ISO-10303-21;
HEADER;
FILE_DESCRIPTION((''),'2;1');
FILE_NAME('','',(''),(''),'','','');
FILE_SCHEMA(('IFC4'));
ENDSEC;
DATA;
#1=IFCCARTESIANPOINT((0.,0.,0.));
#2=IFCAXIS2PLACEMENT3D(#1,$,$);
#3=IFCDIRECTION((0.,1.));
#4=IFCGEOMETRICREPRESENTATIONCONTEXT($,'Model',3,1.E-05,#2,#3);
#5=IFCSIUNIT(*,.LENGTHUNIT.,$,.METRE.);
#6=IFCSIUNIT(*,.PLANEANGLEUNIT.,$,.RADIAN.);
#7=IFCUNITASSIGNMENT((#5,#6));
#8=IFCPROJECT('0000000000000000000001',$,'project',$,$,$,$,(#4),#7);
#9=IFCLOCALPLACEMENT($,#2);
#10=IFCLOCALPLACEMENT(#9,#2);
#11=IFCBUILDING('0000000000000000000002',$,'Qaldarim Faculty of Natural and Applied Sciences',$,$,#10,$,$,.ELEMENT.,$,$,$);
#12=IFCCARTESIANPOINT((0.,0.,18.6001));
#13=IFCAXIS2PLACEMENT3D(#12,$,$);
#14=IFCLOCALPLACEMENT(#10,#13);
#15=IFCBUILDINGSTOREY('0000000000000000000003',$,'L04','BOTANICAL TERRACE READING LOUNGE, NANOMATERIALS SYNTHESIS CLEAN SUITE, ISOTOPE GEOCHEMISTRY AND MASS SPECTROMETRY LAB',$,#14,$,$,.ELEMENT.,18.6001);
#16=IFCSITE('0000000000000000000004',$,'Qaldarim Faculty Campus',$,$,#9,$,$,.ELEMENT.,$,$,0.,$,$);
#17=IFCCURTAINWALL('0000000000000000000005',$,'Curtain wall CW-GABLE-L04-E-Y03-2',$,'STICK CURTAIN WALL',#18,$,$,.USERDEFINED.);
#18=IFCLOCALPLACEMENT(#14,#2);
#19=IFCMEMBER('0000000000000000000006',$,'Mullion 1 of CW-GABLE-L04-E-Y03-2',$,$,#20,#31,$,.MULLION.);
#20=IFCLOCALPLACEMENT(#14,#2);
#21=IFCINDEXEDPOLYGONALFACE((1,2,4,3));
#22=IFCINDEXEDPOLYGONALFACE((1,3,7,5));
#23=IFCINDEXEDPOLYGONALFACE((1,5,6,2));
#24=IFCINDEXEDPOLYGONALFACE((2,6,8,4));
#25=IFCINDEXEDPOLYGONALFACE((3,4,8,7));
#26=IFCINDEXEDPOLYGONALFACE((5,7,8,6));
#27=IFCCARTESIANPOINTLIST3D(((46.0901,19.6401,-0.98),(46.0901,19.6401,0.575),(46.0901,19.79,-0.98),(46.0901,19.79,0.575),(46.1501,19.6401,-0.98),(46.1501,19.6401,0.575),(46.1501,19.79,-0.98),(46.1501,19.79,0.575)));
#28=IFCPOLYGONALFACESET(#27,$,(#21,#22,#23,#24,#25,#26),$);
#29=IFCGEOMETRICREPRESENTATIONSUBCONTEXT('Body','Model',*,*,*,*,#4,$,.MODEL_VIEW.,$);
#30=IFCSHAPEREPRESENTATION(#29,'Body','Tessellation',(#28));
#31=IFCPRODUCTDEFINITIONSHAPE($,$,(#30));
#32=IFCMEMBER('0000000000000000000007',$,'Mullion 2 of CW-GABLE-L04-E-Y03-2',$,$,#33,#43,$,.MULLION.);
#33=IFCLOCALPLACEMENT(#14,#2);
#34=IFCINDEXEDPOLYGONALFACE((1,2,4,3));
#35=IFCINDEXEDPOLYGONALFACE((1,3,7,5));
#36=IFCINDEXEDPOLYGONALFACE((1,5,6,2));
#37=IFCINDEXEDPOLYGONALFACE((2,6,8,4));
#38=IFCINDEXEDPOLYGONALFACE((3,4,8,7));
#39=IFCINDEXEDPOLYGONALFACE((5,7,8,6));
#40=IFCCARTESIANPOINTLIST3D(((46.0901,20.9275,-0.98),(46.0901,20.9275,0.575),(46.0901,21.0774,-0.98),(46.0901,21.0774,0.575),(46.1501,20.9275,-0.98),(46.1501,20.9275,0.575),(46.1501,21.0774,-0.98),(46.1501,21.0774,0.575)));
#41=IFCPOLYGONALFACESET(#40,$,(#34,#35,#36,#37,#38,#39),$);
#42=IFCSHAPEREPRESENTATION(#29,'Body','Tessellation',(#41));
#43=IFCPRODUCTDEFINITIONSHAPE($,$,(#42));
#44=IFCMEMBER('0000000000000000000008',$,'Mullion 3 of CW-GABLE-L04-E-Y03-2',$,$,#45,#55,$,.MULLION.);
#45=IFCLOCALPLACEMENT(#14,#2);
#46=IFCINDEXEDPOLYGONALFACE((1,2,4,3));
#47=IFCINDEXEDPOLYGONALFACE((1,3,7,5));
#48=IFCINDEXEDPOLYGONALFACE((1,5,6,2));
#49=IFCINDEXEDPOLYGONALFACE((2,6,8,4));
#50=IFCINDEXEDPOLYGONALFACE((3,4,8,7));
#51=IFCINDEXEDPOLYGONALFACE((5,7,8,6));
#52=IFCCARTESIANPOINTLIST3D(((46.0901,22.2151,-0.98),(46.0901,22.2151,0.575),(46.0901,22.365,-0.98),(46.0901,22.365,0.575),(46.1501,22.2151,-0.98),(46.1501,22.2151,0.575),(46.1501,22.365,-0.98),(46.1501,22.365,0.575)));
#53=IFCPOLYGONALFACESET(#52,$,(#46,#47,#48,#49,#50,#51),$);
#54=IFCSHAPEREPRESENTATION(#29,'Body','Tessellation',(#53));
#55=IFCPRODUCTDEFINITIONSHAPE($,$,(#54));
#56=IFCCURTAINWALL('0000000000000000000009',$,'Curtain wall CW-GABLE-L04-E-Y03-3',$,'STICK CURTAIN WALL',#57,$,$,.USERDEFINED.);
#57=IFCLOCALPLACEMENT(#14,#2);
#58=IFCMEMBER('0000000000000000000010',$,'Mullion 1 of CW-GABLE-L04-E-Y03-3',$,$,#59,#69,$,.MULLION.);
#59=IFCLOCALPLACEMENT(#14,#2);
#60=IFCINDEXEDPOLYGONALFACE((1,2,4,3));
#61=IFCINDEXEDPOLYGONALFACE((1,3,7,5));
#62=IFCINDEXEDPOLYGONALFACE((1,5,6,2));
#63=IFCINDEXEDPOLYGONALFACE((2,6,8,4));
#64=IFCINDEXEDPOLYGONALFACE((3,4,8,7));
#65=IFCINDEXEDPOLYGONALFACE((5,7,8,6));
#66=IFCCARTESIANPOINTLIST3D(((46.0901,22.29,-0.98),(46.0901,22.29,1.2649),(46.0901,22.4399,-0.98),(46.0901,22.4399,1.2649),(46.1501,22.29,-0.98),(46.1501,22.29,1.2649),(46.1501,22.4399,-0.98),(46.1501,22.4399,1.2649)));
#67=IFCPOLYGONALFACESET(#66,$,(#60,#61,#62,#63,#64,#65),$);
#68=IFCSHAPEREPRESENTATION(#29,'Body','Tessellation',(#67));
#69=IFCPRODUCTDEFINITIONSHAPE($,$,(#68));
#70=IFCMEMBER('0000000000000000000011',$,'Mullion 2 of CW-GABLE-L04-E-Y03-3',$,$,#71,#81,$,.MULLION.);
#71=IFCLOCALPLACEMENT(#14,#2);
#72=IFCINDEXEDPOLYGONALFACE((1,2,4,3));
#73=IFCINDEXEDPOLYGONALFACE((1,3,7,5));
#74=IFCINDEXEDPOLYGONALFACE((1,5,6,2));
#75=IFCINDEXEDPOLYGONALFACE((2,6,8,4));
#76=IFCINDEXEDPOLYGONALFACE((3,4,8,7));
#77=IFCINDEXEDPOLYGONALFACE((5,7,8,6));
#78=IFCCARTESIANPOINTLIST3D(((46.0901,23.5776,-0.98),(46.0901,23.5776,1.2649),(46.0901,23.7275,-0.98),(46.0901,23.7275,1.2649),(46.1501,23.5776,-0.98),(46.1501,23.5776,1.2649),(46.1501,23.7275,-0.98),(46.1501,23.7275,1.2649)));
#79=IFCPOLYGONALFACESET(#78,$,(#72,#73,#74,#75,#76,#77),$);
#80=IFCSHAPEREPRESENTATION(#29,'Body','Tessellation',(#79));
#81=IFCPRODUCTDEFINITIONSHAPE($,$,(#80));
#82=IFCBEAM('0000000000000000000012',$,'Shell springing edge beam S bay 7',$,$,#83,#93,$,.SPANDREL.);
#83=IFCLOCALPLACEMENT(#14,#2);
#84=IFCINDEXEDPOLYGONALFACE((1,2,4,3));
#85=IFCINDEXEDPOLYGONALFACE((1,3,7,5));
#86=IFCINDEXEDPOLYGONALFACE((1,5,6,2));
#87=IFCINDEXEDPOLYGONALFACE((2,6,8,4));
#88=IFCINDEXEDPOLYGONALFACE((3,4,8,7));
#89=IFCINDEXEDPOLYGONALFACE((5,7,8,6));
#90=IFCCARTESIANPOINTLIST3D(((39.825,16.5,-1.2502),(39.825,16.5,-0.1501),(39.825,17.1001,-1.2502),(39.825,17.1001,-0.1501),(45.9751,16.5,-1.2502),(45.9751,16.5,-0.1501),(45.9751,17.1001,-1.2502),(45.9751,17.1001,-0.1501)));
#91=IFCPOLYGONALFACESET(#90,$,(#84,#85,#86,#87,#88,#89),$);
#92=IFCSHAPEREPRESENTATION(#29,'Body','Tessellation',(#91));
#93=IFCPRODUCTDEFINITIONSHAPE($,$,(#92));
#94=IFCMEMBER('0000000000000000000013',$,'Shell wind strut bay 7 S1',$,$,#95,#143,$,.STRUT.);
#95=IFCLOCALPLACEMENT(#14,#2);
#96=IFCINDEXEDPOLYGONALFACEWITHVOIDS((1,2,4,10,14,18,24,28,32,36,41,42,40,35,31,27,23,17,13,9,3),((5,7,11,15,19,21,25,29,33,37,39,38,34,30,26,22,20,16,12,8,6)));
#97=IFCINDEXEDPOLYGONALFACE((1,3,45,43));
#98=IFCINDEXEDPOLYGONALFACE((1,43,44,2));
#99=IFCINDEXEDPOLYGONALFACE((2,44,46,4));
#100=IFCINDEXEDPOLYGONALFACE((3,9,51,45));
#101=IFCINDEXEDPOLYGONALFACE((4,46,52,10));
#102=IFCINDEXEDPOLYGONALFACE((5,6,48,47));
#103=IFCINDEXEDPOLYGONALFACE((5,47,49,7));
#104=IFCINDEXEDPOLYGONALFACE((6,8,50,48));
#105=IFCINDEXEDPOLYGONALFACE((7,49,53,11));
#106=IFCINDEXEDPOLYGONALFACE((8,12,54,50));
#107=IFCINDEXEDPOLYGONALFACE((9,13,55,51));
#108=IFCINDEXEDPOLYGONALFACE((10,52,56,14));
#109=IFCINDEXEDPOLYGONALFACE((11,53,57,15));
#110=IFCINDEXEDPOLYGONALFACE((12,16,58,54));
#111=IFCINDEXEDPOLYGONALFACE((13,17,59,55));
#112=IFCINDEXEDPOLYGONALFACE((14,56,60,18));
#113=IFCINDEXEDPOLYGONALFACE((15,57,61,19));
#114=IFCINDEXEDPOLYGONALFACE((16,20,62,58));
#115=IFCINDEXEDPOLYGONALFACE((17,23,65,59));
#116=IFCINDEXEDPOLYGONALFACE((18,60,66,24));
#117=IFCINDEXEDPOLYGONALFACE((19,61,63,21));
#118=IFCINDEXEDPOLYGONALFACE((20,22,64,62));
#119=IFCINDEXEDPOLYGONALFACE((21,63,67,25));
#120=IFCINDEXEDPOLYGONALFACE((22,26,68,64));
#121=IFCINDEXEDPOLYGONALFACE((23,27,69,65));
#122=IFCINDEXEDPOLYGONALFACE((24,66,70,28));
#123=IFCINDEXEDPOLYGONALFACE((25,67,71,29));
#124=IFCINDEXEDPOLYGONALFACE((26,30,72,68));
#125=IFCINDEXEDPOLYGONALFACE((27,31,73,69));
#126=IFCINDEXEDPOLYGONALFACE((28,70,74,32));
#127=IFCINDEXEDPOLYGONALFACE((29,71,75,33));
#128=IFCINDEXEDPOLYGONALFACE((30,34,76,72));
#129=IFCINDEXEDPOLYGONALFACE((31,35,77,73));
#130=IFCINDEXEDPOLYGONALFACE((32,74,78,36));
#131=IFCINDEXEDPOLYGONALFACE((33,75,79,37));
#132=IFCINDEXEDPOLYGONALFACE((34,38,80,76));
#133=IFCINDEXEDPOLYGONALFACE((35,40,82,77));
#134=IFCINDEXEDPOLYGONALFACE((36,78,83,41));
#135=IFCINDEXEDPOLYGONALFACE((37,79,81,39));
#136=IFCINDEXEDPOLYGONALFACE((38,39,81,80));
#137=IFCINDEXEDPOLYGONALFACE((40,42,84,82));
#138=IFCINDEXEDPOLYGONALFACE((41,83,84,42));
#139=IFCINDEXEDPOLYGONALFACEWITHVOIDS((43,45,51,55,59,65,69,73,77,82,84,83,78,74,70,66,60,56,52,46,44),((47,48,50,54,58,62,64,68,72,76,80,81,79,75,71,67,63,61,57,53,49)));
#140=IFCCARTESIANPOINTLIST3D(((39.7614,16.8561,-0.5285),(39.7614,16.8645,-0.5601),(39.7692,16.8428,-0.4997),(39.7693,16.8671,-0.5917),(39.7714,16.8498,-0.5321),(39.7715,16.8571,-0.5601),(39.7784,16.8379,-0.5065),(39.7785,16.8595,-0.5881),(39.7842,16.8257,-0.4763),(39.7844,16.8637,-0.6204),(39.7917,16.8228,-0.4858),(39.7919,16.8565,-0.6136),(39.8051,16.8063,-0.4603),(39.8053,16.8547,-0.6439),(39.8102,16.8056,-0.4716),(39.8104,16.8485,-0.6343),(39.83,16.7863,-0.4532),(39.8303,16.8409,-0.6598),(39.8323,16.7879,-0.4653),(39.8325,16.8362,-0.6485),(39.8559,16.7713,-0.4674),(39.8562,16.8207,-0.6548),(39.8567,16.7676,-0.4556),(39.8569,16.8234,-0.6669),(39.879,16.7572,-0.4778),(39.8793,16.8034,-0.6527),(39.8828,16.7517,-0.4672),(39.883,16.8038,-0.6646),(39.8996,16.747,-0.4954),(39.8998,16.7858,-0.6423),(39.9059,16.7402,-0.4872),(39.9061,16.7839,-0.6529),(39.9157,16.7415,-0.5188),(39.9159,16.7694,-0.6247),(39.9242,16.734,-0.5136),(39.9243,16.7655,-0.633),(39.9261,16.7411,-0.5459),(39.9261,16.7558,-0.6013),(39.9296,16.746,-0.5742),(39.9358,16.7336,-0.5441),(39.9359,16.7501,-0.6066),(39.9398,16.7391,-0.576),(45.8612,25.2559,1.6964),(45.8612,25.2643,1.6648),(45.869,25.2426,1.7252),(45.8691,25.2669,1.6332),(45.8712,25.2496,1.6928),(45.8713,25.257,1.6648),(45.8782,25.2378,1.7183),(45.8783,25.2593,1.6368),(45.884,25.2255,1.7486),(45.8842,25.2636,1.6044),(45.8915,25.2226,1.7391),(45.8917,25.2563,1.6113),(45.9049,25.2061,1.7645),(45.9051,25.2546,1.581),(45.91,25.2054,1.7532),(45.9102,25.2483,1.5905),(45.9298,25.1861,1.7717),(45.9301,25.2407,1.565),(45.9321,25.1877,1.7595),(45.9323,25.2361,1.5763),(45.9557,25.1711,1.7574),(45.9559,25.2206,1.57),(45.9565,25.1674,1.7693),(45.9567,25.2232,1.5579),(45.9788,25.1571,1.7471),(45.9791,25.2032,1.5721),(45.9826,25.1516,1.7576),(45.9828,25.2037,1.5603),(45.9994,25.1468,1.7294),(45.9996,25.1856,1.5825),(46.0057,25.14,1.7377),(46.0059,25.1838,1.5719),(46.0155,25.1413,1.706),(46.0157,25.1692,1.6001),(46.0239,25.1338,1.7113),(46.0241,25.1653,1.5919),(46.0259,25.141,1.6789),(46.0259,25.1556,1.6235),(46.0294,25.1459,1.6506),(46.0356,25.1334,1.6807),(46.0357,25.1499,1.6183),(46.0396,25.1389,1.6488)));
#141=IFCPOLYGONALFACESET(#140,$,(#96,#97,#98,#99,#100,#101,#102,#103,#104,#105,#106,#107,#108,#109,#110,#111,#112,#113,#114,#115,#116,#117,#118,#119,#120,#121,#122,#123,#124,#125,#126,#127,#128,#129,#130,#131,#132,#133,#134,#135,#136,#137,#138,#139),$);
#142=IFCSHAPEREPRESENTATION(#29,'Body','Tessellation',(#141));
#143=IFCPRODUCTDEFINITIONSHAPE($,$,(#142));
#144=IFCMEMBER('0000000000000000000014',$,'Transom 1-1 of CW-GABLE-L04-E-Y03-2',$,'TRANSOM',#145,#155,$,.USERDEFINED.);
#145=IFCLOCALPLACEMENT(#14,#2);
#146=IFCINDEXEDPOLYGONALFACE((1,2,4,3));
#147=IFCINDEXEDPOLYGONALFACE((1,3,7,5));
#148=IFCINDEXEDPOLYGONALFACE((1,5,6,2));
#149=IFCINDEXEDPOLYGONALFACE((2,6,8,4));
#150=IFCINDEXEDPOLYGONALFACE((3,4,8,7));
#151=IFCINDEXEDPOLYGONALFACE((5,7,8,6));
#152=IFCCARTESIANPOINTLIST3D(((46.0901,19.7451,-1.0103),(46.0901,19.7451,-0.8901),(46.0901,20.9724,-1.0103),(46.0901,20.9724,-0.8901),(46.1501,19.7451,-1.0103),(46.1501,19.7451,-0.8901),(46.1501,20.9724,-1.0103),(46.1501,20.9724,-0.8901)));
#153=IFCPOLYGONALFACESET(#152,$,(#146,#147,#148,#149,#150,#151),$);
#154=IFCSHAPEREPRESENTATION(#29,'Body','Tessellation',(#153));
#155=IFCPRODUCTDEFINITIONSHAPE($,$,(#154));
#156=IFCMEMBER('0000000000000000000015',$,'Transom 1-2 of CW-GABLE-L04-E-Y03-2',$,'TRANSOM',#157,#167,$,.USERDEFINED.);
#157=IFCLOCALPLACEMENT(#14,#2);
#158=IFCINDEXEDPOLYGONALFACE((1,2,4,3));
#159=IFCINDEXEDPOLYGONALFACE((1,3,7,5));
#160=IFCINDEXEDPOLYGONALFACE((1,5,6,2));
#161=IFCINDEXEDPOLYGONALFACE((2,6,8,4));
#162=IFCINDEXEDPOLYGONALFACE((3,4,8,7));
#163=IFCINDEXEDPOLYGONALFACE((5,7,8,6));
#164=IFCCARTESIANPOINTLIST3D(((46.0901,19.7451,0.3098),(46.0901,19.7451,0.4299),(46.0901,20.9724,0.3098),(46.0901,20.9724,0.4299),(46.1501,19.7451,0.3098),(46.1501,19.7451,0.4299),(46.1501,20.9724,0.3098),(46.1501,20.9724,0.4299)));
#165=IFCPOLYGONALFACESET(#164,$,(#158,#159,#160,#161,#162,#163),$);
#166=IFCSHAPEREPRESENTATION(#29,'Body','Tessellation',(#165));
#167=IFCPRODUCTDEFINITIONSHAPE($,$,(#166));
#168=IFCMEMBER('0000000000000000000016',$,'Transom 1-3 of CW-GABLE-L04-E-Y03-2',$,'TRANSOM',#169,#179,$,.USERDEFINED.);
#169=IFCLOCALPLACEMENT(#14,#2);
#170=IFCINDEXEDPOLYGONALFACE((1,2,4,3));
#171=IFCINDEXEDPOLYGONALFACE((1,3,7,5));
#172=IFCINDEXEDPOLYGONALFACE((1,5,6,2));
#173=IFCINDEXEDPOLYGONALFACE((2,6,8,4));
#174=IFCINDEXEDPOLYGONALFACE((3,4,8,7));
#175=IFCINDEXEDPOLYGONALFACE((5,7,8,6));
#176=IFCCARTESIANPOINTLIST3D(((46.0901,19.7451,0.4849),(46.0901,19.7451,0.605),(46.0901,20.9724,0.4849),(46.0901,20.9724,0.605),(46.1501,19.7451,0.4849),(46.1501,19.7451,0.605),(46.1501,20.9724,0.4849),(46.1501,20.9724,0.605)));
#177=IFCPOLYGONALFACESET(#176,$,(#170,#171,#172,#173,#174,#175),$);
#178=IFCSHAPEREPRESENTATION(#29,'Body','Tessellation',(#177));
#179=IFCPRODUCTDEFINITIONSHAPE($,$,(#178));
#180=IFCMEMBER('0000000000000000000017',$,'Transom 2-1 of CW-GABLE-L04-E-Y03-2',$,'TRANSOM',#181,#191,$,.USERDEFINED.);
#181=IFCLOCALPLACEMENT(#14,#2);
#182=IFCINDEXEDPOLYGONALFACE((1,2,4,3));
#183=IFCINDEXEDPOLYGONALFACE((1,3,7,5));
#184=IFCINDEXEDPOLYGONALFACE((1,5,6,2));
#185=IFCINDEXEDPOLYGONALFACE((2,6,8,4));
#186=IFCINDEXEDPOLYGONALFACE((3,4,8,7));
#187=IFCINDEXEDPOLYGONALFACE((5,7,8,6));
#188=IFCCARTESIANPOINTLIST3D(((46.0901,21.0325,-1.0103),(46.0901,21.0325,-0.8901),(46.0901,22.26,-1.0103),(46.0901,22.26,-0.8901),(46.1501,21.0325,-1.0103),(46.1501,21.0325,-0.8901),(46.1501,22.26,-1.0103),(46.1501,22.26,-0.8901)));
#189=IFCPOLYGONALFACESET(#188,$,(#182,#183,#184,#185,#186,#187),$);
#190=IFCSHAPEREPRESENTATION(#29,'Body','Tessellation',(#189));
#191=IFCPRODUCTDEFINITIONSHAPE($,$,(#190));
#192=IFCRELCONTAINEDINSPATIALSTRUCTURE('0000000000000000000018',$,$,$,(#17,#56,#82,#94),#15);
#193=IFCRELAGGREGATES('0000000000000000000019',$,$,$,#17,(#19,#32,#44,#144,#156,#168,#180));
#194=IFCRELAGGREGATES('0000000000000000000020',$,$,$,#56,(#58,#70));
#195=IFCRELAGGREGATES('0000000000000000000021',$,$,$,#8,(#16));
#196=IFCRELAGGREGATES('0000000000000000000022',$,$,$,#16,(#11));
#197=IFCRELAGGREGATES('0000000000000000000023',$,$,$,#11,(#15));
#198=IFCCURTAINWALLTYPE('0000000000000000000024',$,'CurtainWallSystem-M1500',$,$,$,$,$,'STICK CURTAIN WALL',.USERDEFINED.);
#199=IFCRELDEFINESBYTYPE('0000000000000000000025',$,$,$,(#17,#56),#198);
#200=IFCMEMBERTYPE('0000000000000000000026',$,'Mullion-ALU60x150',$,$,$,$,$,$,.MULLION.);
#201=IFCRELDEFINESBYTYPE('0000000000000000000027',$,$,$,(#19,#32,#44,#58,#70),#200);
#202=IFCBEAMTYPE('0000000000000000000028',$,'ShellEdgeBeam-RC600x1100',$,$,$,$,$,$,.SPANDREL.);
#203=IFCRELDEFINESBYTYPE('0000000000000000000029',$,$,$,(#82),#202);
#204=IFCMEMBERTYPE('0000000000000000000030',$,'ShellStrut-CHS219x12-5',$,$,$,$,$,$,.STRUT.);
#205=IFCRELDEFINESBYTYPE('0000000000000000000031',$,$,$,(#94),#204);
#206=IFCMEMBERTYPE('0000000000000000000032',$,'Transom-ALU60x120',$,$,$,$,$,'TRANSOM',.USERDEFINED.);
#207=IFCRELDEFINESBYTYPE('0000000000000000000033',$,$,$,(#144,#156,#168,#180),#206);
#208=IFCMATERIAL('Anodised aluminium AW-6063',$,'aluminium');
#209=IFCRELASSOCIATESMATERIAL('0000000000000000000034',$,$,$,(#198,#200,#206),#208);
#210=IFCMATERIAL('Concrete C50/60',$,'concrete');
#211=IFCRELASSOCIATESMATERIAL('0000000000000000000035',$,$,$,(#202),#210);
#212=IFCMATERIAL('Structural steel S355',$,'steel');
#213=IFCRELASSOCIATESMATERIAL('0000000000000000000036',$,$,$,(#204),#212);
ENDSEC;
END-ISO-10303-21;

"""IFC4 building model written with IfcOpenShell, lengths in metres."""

from ifc_helpers import new_model, si_unit, direction, frame, origin, origin_2d, place, context, subcontext, project, spatial, rectangle, hollow_circle, extrude, material, material_profile, profile_set, type_object, element, aggregate, save


model = new_model("IFC4")

# Units and contexts
model_context = context("Model", 3, precision=1e-05, world=origin(), true_north=direction((0.0, 1.0)))
body_context = subcontext(model_context, "Body", "Model", "MODEL_VIEW")
ifc_project = project(units=[si_unit("LENGTHUNIT", "METRE"), si_unit("PLANEANGLEUNIT", "RADIAN")], contexts=[model_context])

# Site, building, storey
site_placement = place(None, origin())
site = spatial("IfcSite", under=ifc_project, at=site_placement, Name="Qaldarim Faculty Campus", CompositionType="ELEMENT", RefElevation=0.0)
building_placement = place(site_placement, origin())
building = spatial("IfcBuilding", under=site, at=building_placement, Name="Qaldarim Faculty of Natural and Applied Sciences", CompositionType="ELEMENT")
storey_placement = place(building_placement, frame((0.0, 0.0, 18.6001)))
storey = spatial("IfcBuildingStorey", under=building, at=storey_placement, Name="L04", Description="BOTANICAL TERRACE READING LOUNGE, NANOMATERIALS SYNTHESIS CLEAN SUITE, ISOTOPE GEOCHEMISTRY AND MASS SPECTROMETRY LAB", CompositionType="ELEMENT", Elevation=18.6001)

# Curtain walls, members
ifc_material_1 = material(Name="Anodised aluminium AW-6063", Category="aluminium")
curtain_wall_type = type_object("IfcCurtainWallType", Name="CurtainWallSystem-M1500", ElementType="STICK CURTAIN WALL", PredefinedType="USERDEFINED", material=ifc_material_1)
curtain_wall_1_placement = place(storey_placement, origin())
curtain_wall_1 = element("IfcCurtainWall", 1, at=curtain_wall_1_placement, inside=storey, type_object=curtain_wall_type, Name="Curtain wall CW-GABLE-L04-E-Y03-2", ObjectType="STICK CURTAIN WALL", PredefinedType="USERDEFINED")
ifc_material_profile_1 = material_profile(ifc_material_1, rectangle(XDim=0.0601, YDim=0.1499, at=origin_2d()), Name="ALU-M60x150")
ifc_profile_set_1 = profile_set([ifc_material_profile_1], Name="Anodised aluminium AW-6063")
member_type_1 = type_object("IfcMemberType", Name="Mullion-ALU60x150", PredefinedType="MULLION", material=ifc_profile_set_1)
member_1_placement = place(storey_placement, frame((46.1201, 19.7151, -0.98), z_axis=(0.0, 0.0, 1.0), x_axis=(-1.0, 0.0, 0.0)))
member_1 = element("IfcMember", 2, at=member_1_placement, type_object=member_type_1, Name="Mullion 1 of CW-GABLE-L04-E-Y03-2", PredefinedType="MULLION", context=body_context, shape_type="SweptSolid", body=[
    extrude(rectangle(XDim=0.0601, YDim=0.1499, at=origin_2d()), origin(), (0.0, 0.0, 1.0), 1.5549),
])
member_2_placement = place(storey_placement, frame((46.1201, 21.0024, -0.98), z_axis=(0.0, 0.0, 1.0), x_axis=(-1.0, 0.0, 0.0)))
member_2 = element("IfcMember", 3, at=member_2_placement, type_object=member_type_1, Name="Mullion 2 of CW-GABLE-L04-E-Y03-2", PredefinedType="MULLION", context=body_context, shape_type="SweptSolid", body=[
    extrude(rectangle(XDim=0.0601, YDim=0.1499, at=origin_2d()), origin(), (0.0, 0.0, 1.0), 1.5549),
])
member_3_placement = place(storey_placement, frame((46.1201, 22.29, -0.98), z_axis=(0.0, 0.0, 1.0), x_axis=(-1.0, 0.0, 0.0)))
member_3 = element("IfcMember", 4, at=member_3_placement, type_object=member_type_1, Name="Mullion 3 of CW-GABLE-L04-E-Y03-2", PredefinedType="MULLION", context=body_context, shape_type="SweptSolid", body=[
    extrude(rectangle(XDim=0.0601, YDim=0.1499, at=origin_2d()), origin(), (0.0, 0.0, 1.0), 1.5549),
])
curtain_wall_2_placement = place(storey_placement, origin())
curtain_wall_2 = element("IfcCurtainWall", 5, at=curtain_wall_2_placement, inside=storey, type_object=curtain_wall_type, Name="Curtain wall CW-GABLE-L04-E-Y03-3", ObjectType="STICK CURTAIN WALL", PredefinedType="USERDEFINED")
member_4_placement = place(storey_placement, frame((46.1201, 22.365, -0.98), z_axis=(0.0, 0.0, 1.0), x_axis=(-1.0, 0.0, 0.0)))
member_4 = element("IfcMember", 6, at=member_4_placement, type_object=member_type_1, Name="Mullion 1 of CW-GABLE-L04-E-Y03-3", PredefinedType="MULLION", context=body_context, shape_type="SweptSolid", body=[
    extrude(rectangle(XDim=0.0601, YDim=0.1499, at=origin_2d()), origin(), (0.0, 0.0, 1.0), 2.2449),
])
member_5_placement = place(storey_placement, frame((46.1201, 23.6526, -0.98), z_axis=(0.0, 0.0, 1.0), x_axis=(-1.0, 0.0, 0.0)))
member_5 = element("IfcMember", 7, at=member_5_placement, type_object=member_type_1, Name="Mullion 2 of CW-GABLE-L04-E-Y03-3", PredefinedType="MULLION", context=body_context, shape_type="SweptSolid", body=[
    extrude(rectangle(XDim=0.0601, YDim=0.1499, at=origin_2d()), origin(), (0.0, 0.0, 1.0), 2.2449),
])

# Beam
ifc_material_2 = material(Name="Concrete C50/60", Category="concrete")
ifc_material_profile_2 = material_profile(ifc_material_2, rectangle(XDim=0.6001, YDim=1.1001, at=origin_2d()), Name="RC-EB600x1100")
ifc_profile_set_2 = profile_set([ifc_material_profile_2], Name="Concrete C50/60")
beam_type = type_object("IfcBeamType", Name="ShellEdgeBeam-RC600x1100", PredefinedType="SPANDREL", material=ifc_profile_set_2)
beam_placement = place(storey_placement, frame((39.825, 16.8, -0.7002), z_axis=(1.0, 0.0, 0.0), x_axis=(0.0, 1.0, 0.0)))
element("IfcBeam", 8, at=beam_placement, inside=storey, type_object=beam_type, Name="Shell springing edge beam S bay 7", PredefinedType="SPANDREL", context=body_context, shape_type="SweptSolid", body=[
    extrude(rectangle(XDim=0.6001, YDim=1.1001, at=origin_2d()), origin(), (0.0, 0.0, 1.0), 6.1501),
])

# Members
ifc_material_3 = material(Name="Structural steel S355", Category="steel")
ifc_material_profile_3 = material_profile(ifc_material_3, hollow_circle(Radius=0.1096, WallThickness=0.0125, at=origin_2d()), Name="CHS 219.1x12.5")
ifc_profile_set_3 = profile_set([ifc_material_profile_3], Name="Structural steel S355")
member_type_2 = type_object("IfcMemberType", Name="ShellStrut-CHS219x12-5", PredefinedType="STRUT", material=ifc_profile_set_3)
member_6_placement = place(storey_placement, frame((39.8501, 16.8, -0.5601), z_axis=(0.574547, 0.791189, 0.20956), x_axis=(-0.809156, 0.587594, 0.0)))
element("IfcMember", 9, at=member_6_placement, inside=storey, type_object=member_type_2, Name="Shell wind strut bay 7 S1", PredefinedType="STRUT", context=body_context, shape_type="SweptSolid", body=[
    extrude(hollow_circle(Radius=0.1096, WallThickness=0.0125, at=origin_2d()), origin(), (0.0, 0.0, 1.0), 10.6167),
])
ifc_material_profile_4 = material_profile(ifc_material_1, rectangle(XDim=0.0601, YDim=0.1201, at=origin_2d()), Name="ALU-T60x120")
ifc_profile_set_4 = profile_set([ifc_material_profile_4], Name="Anodised aluminium AW-6063")
member_type_3 = type_object("IfcMemberType", Name="Transom-ALU60x120", ElementType="TRANSOM", PredefinedType="USERDEFINED", material=ifc_profile_set_4)
member_7_placement = place(storey_placement, frame((46.1201, 19.7451, -0.9502), z_axis=(0.0, 1.0, 0.0), x_axis=(-1.0, 0.0, 0.0)))
member_7 = element("IfcMember", 10, at=member_7_placement, type_object=member_type_3, Name="Transom 1-1 of CW-GABLE-L04-E-Y03-2", ObjectType="TRANSOM", PredefinedType="USERDEFINED", context=body_context, shape_type="SweptSolid", body=[
    extrude(rectangle(XDim=0.0601, YDim=0.1201, at=origin_2d()), origin(), (0.0, 0.0, 1.0), 1.2273),
])
member_8_placement = place(storey_placement, frame((46.1201, 19.7451, 0.3699), z_axis=(0.0, 1.0, 0.0), x_axis=(-1.0, 0.0, 0.0)))
member_8 = element("IfcMember", 11, at=member_8_placement, type_object=member_type_3, Name="Transom 1-2 of CW-GABLE-L04-E-Y03-2", ObjectType="TRANSOM", PredefinedType="USERDEFINED", context=body_context, shape_type="SweptSolid", body=[
    extrude(rectangle(XDim=0.0601, YDim=0.1201, at=origin_2d()), origin(), (0.0, 0.0, 1.0), 1.2273),
])
member_9_placement = place(storey_placement, frame((46.1201, 19.7451, 0.5449), z_axis=(0.0, 1.0, 0.0), x_axis=(-1.0, 0.0, 0.0)))
member_9 = element("IfcMember", 12, at=member_9_placement, type_object=member_type_3, Name="Transom 1-3 of CW-GABLE-L04-E-Y03-2", ObjectType="TRANSOM", PredefinedType="USERDEFINED", context=body_context, shape_type="SweptSolid", body=[
    extrude(rectangle(XDim=0.0601, YDim=0.1201, at=origin_2d()), origin(), (0.0, 0.0, 1.0), 1.2273),
])
member_10_placement = place(storey_placement, frame((46.1201, 21.0325, -0.9502), z_axis=(0.0, 1.0, 0.0), x_axis=(-1.0, 0.0, 0.0)))
member_10 = element("IfcMember", 13, at=member_10_placement, type_object=member_type_3, Name="Transom 2-1 of CW-GABLE-L04-E-Y03-2", ObjectType="TRANSOM", PredefinedType="USERDEFINED", context=body_context, shape_type="SweptSolid", body=[
    extrude(rectangle(XDim=0.0601, YDim=0.1201, at=origin_2d()), origin(), (0.0, 0.0, 1.0), 1.2275),
])

aggregate(curtain_wall_1, [member_1, member_2, member_3, member_7, member_8, member_9, member_10])
aggregate(curtain_wall_2, [member_4, member_5])

save(model, "model.ifc")
